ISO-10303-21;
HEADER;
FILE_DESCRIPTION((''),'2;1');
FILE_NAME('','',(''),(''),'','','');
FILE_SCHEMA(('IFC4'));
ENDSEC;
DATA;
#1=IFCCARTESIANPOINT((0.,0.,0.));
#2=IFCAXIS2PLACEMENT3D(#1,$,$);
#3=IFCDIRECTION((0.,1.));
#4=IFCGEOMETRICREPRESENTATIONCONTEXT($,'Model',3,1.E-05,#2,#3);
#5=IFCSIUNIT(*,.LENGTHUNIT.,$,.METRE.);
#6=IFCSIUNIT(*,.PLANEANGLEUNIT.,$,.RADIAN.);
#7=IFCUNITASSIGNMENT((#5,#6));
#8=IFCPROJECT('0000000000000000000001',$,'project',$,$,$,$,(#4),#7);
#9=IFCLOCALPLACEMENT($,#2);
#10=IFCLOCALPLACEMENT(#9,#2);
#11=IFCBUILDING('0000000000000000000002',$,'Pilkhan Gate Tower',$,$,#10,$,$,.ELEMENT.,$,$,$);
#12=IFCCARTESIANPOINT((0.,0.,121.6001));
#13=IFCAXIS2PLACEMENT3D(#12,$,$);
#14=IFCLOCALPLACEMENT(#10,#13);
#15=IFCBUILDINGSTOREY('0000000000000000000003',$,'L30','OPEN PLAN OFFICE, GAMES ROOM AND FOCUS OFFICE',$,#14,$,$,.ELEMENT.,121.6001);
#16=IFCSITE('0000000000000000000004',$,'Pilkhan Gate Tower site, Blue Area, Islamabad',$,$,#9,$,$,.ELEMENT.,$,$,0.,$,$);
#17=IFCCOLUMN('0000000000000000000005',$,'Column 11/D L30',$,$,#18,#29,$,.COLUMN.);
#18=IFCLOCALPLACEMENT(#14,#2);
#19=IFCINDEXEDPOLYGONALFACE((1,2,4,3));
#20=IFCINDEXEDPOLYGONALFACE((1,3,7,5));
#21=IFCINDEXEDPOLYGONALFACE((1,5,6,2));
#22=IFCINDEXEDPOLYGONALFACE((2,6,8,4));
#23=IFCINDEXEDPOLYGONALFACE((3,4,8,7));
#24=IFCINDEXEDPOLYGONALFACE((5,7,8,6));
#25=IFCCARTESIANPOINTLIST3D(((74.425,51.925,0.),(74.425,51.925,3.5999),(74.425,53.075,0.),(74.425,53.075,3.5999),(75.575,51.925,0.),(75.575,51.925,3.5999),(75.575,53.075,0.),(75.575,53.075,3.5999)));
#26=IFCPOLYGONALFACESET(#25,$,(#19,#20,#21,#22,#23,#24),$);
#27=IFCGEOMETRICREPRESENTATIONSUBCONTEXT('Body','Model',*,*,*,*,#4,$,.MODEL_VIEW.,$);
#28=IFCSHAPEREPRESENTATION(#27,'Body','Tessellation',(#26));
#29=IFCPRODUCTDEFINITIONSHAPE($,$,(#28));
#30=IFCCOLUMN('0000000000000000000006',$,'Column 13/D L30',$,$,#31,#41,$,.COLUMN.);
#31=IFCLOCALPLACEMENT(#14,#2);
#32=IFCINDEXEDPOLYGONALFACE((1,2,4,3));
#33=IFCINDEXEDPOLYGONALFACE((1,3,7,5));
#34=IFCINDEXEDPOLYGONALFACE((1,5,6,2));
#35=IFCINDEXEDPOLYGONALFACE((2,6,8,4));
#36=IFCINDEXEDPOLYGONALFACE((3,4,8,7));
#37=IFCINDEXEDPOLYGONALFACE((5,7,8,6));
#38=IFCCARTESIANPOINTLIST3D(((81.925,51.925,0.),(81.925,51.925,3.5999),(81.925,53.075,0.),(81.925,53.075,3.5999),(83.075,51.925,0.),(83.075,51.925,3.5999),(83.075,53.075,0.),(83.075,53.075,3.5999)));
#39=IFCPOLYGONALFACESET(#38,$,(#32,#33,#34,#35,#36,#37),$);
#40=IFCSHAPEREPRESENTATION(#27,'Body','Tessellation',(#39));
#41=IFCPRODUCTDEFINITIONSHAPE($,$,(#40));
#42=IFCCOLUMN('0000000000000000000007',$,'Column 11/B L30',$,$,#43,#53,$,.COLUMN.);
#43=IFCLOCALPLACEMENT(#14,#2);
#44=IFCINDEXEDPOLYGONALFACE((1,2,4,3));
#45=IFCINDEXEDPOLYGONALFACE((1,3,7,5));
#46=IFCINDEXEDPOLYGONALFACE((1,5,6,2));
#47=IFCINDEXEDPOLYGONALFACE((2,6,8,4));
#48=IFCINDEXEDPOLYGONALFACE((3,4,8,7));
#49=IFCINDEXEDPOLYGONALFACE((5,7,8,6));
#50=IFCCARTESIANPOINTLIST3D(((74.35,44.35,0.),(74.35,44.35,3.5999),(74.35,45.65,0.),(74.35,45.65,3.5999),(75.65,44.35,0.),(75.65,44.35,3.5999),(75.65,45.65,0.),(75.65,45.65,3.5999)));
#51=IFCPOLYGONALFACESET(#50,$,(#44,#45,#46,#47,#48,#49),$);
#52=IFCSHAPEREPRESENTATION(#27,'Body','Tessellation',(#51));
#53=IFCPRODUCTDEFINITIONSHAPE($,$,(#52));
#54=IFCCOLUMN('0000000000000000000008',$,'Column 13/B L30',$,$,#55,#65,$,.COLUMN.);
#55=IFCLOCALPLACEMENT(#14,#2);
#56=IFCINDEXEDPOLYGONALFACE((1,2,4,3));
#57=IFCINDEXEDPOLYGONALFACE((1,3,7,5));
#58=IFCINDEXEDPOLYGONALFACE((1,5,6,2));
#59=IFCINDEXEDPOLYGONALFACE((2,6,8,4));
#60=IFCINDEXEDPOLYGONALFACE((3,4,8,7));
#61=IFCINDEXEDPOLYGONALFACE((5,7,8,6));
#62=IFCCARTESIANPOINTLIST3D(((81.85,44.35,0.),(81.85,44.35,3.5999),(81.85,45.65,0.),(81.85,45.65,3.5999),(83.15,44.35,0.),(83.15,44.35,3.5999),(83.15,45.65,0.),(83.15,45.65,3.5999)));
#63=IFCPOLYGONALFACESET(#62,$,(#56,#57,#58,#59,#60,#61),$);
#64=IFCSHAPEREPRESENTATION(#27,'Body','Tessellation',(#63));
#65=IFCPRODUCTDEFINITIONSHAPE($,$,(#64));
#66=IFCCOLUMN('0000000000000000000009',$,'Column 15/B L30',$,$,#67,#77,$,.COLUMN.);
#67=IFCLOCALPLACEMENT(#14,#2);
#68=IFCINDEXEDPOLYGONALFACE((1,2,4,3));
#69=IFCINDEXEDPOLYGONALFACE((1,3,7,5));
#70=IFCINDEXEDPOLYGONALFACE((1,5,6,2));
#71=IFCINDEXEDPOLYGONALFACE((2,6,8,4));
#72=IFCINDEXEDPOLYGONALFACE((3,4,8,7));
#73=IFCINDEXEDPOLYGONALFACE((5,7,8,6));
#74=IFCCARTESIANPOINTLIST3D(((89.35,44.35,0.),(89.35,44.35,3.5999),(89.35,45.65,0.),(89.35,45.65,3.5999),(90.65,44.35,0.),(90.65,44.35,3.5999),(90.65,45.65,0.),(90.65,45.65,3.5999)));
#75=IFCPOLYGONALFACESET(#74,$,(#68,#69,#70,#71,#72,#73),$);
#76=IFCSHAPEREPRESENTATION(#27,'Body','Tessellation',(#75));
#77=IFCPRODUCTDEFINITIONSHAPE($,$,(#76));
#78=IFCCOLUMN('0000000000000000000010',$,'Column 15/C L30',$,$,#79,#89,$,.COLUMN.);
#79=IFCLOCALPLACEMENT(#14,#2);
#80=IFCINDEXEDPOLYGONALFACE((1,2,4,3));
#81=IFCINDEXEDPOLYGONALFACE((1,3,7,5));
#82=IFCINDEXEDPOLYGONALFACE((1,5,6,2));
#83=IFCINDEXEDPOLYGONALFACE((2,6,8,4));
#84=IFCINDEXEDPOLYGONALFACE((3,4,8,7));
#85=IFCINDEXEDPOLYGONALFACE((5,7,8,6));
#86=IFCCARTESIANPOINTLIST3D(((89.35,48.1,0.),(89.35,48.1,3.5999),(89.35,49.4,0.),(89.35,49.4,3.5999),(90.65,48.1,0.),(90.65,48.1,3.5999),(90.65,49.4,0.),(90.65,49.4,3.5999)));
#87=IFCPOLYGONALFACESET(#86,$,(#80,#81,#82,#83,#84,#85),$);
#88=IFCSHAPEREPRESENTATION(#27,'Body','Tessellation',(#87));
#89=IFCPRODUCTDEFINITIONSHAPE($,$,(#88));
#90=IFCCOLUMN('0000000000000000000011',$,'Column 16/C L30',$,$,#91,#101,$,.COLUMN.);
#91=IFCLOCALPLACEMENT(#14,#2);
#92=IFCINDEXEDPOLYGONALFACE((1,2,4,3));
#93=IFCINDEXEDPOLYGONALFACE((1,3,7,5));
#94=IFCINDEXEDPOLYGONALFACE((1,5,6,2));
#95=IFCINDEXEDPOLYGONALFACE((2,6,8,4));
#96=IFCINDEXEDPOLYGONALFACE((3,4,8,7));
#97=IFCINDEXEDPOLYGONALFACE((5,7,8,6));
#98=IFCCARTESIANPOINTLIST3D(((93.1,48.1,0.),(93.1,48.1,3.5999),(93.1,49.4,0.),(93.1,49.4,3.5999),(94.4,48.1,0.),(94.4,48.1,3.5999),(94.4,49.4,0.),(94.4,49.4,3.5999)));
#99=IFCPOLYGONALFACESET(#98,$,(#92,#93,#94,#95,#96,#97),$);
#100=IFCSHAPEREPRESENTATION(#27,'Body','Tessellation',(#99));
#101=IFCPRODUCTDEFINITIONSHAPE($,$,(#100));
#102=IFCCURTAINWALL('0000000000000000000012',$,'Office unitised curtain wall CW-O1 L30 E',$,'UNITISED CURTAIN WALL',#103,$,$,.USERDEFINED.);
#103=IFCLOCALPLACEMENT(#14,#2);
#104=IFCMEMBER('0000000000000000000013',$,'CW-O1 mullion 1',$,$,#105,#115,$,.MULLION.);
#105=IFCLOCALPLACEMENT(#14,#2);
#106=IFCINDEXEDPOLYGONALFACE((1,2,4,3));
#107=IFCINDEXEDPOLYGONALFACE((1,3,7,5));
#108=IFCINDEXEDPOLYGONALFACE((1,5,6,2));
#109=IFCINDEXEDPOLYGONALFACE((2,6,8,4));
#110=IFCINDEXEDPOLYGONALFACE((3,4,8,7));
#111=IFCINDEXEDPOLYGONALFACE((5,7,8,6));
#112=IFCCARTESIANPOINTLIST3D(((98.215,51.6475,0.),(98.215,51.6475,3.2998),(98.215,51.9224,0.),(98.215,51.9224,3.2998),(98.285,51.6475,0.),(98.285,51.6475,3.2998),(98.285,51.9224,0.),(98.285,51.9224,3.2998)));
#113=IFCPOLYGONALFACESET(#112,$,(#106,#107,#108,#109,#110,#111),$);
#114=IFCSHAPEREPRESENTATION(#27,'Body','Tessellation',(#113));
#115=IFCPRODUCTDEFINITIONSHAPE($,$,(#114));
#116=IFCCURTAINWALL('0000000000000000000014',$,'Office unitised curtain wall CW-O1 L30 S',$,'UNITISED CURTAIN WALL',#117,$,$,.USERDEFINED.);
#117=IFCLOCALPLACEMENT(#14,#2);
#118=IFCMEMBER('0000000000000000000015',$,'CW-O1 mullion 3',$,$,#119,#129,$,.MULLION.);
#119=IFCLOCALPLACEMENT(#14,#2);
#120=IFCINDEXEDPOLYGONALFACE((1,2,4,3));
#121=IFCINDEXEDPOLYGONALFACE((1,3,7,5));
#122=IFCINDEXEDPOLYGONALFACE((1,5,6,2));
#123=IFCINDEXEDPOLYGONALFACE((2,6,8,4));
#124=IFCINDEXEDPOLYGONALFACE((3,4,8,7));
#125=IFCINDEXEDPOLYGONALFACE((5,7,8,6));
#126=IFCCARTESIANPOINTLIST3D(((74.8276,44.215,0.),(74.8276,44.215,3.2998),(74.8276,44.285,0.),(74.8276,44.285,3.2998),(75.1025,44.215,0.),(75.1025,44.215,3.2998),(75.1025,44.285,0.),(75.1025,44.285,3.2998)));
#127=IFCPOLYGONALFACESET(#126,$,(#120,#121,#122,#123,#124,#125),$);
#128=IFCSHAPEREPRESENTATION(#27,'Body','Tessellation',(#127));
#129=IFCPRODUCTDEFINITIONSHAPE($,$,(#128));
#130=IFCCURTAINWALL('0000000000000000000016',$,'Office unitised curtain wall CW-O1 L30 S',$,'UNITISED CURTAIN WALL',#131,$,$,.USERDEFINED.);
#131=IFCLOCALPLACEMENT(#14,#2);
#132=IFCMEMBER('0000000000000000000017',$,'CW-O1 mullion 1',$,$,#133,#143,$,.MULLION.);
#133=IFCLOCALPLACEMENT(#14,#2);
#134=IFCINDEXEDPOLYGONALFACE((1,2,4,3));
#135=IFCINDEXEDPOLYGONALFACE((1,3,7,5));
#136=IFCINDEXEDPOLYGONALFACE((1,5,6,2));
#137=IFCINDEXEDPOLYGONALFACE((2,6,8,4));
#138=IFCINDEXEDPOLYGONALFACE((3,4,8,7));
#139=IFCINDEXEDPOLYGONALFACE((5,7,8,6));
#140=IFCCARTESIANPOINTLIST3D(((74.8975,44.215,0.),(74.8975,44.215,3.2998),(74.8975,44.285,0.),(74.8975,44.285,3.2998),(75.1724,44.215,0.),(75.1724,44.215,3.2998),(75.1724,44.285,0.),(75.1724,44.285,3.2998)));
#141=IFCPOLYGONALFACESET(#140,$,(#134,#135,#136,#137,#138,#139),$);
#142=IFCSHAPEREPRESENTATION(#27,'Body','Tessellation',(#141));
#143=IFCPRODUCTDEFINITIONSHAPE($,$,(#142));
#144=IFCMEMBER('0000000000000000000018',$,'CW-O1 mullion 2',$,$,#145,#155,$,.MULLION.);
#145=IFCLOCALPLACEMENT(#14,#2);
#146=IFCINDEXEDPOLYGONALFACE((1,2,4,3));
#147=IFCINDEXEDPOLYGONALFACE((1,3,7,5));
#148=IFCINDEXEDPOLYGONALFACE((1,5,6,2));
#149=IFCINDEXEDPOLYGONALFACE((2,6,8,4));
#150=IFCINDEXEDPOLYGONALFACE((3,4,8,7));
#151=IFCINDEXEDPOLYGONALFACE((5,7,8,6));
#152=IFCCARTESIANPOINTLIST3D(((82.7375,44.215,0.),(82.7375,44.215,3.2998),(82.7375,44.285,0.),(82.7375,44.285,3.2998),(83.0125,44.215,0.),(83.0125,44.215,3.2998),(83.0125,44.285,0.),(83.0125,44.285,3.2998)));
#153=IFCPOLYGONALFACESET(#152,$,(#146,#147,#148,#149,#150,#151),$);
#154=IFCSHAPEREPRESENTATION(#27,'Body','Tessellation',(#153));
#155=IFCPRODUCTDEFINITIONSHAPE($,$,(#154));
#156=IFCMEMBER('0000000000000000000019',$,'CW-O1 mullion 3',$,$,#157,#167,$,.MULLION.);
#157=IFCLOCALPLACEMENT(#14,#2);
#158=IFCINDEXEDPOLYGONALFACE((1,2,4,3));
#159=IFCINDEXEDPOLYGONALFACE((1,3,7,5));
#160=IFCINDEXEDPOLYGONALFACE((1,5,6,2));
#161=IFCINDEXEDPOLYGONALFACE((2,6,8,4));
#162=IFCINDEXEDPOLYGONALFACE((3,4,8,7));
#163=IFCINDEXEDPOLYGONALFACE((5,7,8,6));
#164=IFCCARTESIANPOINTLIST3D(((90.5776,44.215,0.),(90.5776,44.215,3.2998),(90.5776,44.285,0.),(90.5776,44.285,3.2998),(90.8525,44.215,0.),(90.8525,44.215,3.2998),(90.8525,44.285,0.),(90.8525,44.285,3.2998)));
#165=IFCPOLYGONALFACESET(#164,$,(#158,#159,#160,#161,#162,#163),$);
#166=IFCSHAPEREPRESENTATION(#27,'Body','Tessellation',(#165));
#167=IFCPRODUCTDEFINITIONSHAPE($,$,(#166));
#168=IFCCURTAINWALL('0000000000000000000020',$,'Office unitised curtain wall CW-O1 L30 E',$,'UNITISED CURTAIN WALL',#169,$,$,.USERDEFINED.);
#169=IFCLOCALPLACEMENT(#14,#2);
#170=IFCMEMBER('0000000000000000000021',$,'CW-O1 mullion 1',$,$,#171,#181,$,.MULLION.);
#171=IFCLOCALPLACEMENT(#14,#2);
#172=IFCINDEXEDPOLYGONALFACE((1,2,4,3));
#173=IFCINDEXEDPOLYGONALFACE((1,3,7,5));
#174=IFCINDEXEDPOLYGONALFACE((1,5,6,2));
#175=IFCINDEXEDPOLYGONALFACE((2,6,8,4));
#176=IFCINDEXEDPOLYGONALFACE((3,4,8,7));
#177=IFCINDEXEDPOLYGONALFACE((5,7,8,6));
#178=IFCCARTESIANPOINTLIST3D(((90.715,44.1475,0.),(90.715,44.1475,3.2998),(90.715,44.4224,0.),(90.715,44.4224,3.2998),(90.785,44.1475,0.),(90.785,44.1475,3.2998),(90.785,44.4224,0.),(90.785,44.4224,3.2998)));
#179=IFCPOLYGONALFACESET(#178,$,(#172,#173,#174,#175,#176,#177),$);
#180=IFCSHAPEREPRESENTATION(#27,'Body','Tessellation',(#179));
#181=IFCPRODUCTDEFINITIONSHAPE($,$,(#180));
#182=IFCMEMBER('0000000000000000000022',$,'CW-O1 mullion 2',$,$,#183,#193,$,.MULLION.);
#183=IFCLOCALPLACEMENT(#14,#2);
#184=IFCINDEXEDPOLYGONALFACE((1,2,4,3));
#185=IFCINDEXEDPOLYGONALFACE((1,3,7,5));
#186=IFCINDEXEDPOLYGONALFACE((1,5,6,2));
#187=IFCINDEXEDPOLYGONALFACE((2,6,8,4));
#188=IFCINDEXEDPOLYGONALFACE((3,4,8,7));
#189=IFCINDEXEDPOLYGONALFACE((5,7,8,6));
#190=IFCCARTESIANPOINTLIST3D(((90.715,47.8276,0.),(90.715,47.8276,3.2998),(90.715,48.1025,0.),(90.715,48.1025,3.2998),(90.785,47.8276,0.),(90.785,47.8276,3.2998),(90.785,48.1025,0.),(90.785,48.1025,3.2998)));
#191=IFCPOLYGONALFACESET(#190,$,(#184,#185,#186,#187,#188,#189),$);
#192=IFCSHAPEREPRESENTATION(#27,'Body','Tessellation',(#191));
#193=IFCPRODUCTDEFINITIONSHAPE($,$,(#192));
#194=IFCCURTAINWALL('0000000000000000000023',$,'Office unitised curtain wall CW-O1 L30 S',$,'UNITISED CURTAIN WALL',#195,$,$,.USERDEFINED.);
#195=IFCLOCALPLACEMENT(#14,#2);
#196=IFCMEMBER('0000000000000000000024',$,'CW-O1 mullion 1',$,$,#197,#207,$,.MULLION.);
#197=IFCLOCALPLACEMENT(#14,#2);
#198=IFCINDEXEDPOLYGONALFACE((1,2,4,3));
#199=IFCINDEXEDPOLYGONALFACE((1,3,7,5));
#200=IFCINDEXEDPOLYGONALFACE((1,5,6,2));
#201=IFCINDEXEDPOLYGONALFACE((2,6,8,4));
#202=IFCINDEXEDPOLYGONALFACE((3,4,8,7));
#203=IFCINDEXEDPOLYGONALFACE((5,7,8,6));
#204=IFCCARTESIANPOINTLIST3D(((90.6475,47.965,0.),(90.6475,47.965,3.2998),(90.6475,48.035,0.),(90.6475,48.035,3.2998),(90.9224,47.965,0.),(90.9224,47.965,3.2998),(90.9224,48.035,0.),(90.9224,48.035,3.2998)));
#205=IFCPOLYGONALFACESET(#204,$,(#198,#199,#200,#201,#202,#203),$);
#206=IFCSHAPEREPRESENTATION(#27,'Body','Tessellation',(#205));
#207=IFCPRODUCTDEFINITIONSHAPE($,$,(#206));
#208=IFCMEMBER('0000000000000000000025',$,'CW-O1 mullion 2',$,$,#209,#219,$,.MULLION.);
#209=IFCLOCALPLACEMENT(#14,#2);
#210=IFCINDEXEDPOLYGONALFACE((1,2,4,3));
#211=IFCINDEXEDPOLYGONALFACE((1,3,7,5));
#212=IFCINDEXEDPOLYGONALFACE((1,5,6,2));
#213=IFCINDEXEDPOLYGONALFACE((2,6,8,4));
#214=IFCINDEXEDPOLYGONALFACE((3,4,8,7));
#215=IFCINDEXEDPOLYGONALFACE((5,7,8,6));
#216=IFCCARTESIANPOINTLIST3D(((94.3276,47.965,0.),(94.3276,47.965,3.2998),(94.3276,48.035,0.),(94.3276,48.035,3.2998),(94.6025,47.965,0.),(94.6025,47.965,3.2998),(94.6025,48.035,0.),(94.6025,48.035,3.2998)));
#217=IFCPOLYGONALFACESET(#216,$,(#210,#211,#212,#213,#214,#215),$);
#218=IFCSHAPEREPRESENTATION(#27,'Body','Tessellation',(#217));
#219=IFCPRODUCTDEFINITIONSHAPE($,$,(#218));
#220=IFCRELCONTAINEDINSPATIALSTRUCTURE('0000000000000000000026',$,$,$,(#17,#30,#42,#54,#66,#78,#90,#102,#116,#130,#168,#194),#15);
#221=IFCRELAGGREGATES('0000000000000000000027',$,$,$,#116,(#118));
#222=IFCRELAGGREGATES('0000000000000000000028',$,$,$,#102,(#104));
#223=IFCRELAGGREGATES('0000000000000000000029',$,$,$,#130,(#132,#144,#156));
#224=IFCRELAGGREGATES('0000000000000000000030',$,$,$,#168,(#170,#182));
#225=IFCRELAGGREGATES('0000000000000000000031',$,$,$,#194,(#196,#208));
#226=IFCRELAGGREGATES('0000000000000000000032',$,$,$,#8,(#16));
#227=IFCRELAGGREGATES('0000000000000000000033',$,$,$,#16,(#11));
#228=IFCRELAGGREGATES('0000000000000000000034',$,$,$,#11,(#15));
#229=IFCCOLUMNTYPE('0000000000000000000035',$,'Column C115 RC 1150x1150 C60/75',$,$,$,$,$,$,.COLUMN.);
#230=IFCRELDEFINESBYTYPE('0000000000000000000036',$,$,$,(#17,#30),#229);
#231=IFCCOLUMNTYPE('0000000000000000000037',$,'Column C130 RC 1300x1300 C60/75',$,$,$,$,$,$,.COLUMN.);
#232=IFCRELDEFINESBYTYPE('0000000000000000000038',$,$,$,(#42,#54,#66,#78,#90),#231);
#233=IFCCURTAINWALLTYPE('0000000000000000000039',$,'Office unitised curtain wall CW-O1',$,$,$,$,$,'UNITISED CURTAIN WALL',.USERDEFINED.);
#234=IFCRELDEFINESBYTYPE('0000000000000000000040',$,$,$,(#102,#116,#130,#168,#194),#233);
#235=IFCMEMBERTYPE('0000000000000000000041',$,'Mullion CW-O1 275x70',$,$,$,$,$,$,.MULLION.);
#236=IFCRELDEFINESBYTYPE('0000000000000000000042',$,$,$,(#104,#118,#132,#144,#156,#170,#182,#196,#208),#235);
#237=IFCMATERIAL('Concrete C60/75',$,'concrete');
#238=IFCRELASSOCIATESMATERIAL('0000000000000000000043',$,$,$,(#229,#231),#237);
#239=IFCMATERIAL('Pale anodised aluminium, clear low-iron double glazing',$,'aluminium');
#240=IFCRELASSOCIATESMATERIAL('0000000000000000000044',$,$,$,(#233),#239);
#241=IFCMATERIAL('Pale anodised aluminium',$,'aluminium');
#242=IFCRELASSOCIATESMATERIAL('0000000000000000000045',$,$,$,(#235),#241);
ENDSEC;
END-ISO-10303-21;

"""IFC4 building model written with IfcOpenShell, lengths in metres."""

from ifc_helpers import new_model, si_unit, direction, frame, origin, origin_2d, place, context, subcontext, project, spatial, rectangle, extrude, material, material_profile, profile_set, type_object, element, aggregate, save


model = new_model("IFC4")

# Units and contexts
model_context = context("Model", 3, precision=1e-05, world=origin(), true_north=direction((0.0, 1.0)))
body_context = subcontext(model_context, "Body", "Model", "MODEL_VIEW")
ifc_project = project(units=[si_unit("LENGTHUNIT", "METRE"), si_unit("PLANEANGLEUNIT", "RADIAN")], contexts=[model_context])

# Site, building, storey
site_placement = place(None, origin())
site = spatial("IfcSite", under=ifc_project, at=site_placement, Name="Pilkhan Gate Tower site, Blue Area, Islamabad", CompositionType="ELEMENT", RefElevation=0.0)
building_placement = place(site_placement, origin())
building = spatial("IfcBuilding", under=site, at=building_placement, Name="Pilkhan Gate Tower", CompositionType="ELEMENT")
storey_placement = place(building_placement, frame((0.0, 0.0, 121.6001)))
storey = spatial("IfcBuildingStorey", under=building, at=storey_placement, Name="L30", Description="OPEN PLAN OFFICE, GAMES ROOM AND FOCUS OFFICE", CompositionType="ELEMENT", Elevation=121.6001)

# Columns
ifc_material_1 = material(Name="Concrete C60/75", Category="concrete")
ifc_material_profile_1 = material_profile(ifc_material_1, rectangle(XDim=1.1499, YDim=1.1499, at=origin_2d()), Name="RC 1150x1150")
ifc_profile_set_1 = profile_set([ifc_material_profile_1], Name="Concrete C60/75")
column_type_1 = type_object("IfcColumnType", Name="Column C115 RC 1150x1150 C60/75", PredefinedType="COLUMN", material=ifc_profile_set_1)
for number, where, z_axis, x_axis, name in (
    (1, (75.0, 52.5, 0.0), (0.0, 0.0, 1.0), (1.0, 0.0, 0.0), "Column 11/D L30"),
    (2, (82.5, 52.5, 0.0), (0.0, 0.0, 1.0), (1.0, 0.0, 0.0), "Column 13/D L30"),
):
    element("IfcColumn", number, at=place(storey_placement, frame(where, z_axis=z_axis, x_axis=x_axis)), inside=storey, type_object=column_type_1, Name=name, PredefinedType="COLUMN", context=body_context, shape_type="SweptSolid", body=[
        extrude(rectangle(XDim=1.1499, YDim=1.1499, at=origin_2d()), origin(), (0.0, 0.0, 1.0), 3.5999),
    ])
ifc_material_profile_2 = material_profile(ifc_material_1, rectangle(XDim=1.3, YDim=1.3, at=origin_2d()), Name="RC 1300x1300")
ifc_profile_set_2 = profile_set([ifc_material_profile_2], Name="Concrete C60/75")
column_type_2 = type_object("IfcColumnType", Name="Column C130 RC 1300x1300 C60/75", PredefinedType="COLUMN", material=ifc_profile_set_2)
for number, where, z_axis, x_axis, name in (
    (3, (75.0, 45.0, 0.0), (0.0, 0.0, 1.0), (1.0, 0.0, 0.0), "Column 11/B L30"),
    (4, (82.5, 45.0, 0.0), (0.0, 0.0, 1.0), (1.0, 0.0, 0.0), "Column 13/B L30"),
    (5, (90.0, 45.0, 0.0), (0.0, 0.0, 1.0), (1.0, 0.0, 0.0), "Column 15/B L30"),
    (6, (90.0, 48.75, 0.0), (0.0, 0.0, 1.0), (1.0, 0.0, 0.0), "Column 15/C L30"),
    (7, (93.75, 48.75, 0.0), (0.0, 0.0, 1.0), (1.0, 0.0, 0.0), "Column 16/C L30"),
):
    element("IfcColumn", number, at=place(storey_placement, frame(where, z_axis=z_axis, x_axis=x_axis)), inside=storey, type_object=column_type_2, Name=name, PredefinedType="COLUMN", context=body_context, shape_type="SweptSolid", body=[
        extrude(rectangle(XDim=1.3, YDim=1.3, at=origin_2d()), origin(), (0.0, 0.0, 1.0), 3.5999),
    ])

# Curtain walls, members
ifc_material_2 = material(Name="Pale anodised aluminium, clear low-iron double glazing", Category="aluminium")
curtain_wall_type = type_object("IfcCurtainWallType", Name="Office unitised curtain wall CW-O1", ElementType="UNITISED CURTAIN WALL", PredefinedType="USERDEFINED", material=ifc_material_2)
curtain_wall_1_placement = place(storey_placement, origin())
curtain_wall_1 = element("IfcCurtainWall", 8, at=curtain_wall_1_placement, inside=storey, type_object=curtain_wall_type, Name="Office unitised curtain wall CW-O1 L30 E", ObjectType="UNITISED CURTAIN WALL", PredefinedType="USERDEFINED")
ifc_material_3 = material(Name="Pale anodised aluminium", Category="aluminium")
ifc_material_profile_3 = material_profile(ifc_material_3, rectangle(XDim=0.0701, YDim=0.2749, at=origin_2d()), Name="Mullion 275x70")
ifc_profile_set_3 = profile_set([ifc_material_profile_3], Name="Pale anodised aluminium")
member_type_1 = type_object("IfcMemberType", Name="Mullion CW-O1 275x70", PredefinedType="MULLION", material=ifc_profile_set_3)
member_1_placement = place(storey_placement, frame((98.25, 51.7849, 0.0), z_axis=(0.0, 0.0, 1.0), x_axis=(-1.0, 0.0, 0.0)))
member_1 = element("IfcMember", 9, at=member_1_placement, type_object=member_type_1, Name="CW-O1 mullion 1", PredefinedType="MULLION", context=body_context, shape_type="SweptSolid", body=[
    extrude(rectangle(XDim=0.0701, YDim=0.2749, at=origin_2d()), origin(), (0.0, 0.0, 1.0), 3.2998),
])
curtain_wall_2_placement = place(storey_placement, origin())
curtain_wall_2 = element("IfcCurtainWall", 10, at=curtain_wall_2_placement, inside=storey, type_object=curtain_wall_type, Name="Office unitised curtain wall CW-O1 L30 S", ObjectType="UNITISED CURTAIN WALL", PredefinedType="USERDEFINED")
member_2_placement = place(storey_placement, frame((74.9651, 44.25, 0.0), z_axis=(0.0, 0.0, 1.0), x_axis=(0.0, 1.0, 0.0)))
member_2 = element("IfcMember", 11, at=member_2_placement, type_object=member_type_1, Name="CW-O1 mullion 3", PredefinedType="MULLION", context=body_context, shape_type="SweptSolid", body=[
    extrude(rectangle(XDim=0.0701, YDim=0.2749, at=origin_2d()), origin(), (0.0, 0.0, 1.0), 3.2998),
])
aggregate(curtain_wall_2, [member_2])

# Curtain walls, members
curtain_wall_3_placement = place(storey_placement, origin())
curtain_wall_3 = element("IfcCurtainWall", 12, at=curtain_wall_3_placement, inside=storey, type_object=curtain_wall_type, Name="Office unitised curtain wall CW-O1 L30 S", ObjectType="UNITISED CURTAIN WALL", PredefinedType="USERDEFINED")
member_3_placement = place(storey_placement, frame((75.0349, 44.25, 0.0), z_axis=(0.0, 0.0, 1.0), x_axis=(0.0, 1.0, 0.0)))
member_3 = element("IfcMember", 13, at=member_3_placement, type_object=member_type_1, Name="CW-O1 mullion 1", PredefinedType="MULLION", context=body_context, shape_type="SweptSolid", body=[
    extrude(rectangle(XDim=0.0701, YDim=0.2749, at=origin_2d()), origin(), (0.0, 0.0, 1.0), 3.2998),
])
member_4_placement = place(storey_placement, frame((82.875, 44.25, 0.0), z_axis=(0.0, 0.0, 1.0), x_axis=(0.0, 1.0, 0.0)))
member_4 = element("IfcMember", 14, at=member_4_placement, type_object=member_type_1, Name="CW-O1 mullion 2", PredefinedType="MULLION", context=body_context, shape_type="SweptSolid", body=[
    extrude(rectangle(XDim=0.0701, YDim=0.2749, at=origin_2d()), origin(), (0.0, 0.0, 1.0), 3.2998),
])
member_5_placement = place(storey_placement, frame((90.7151, 44.25, 0.0), z_axis=(0.0, 0.0, 1.0), x_axis=(0.0, 1.0, 0.0)))
member_5 = element("IfcMember", 15, at=member_5_placement, type_object=member_type_1, Name="CW-O1 mullion 3", PredefinedType="MULLION", context=body_context, shape_type="SweptSolid", body=[
    extrude(rectangle(XDim=0.0701, YDim=0.2749, at=origin_2d()), origin(), (0.0, 0.0, 1.0), 3.2998),
])
curtain_wall_4_placement = place(storey_placement, origin())
curtain_wall_4 = element("IfcCurtainWall", 16, at=curtain_wall_4_placement, inside=storey, type_object=curtain_wall_type, Name="Office unitised curtain wall CW-O1 L30 E", ObjectType="UNITISED CURTAIN WALL", PredefinedType="USERDEFINED")
member_6_placement = place(storey_placement, frame((90.75, 44.2849, 0.0), z_axis=(0.0, 0.0, 1.0), x_axis=(-1.0, 0.0, 0.0)))
member_6 = element("IfcMember", 17, at=member_6_placement, type_object=member_type_1, Name="CW-O1 mullion 1", PredefinedType="MULLION", context=body_context, shape_type="SweptSolid", body=[
    extrude(rectangle(XDim=0.0701, YDim=0.2749, at=origin_2d()), origin(), (0.0, 0.0, 1.0), 3.2998),
])
member_7_placement = place(storey_placement, frame((90.75, 47.9651, 0.0), z_axis=(0.0, 0.0, 1.0), x_axis=(-1.0, 0.0, 0.0)))
member_7 = element("IfcMember", 18, at=member_7_placement, type_object=member_type_1, Name="CW-O1 mullion 2", PredefinedType="MULLION", context=body_context, shape_type="SweptSolid", body=[
    extrude(rectangle(XDim=0.0701, YDim=0.2749, at=origin_2d()), origin(), (0.0, 0.0, 1.0), 3.2998),
])
curtain_wall_5_placement = place(storey_placement, origin())
curtain_wall_5 = element("IfcCurtainWall", 19, at=curtain_wall_5_placement, inside=storey, type_object=curtain_wall_type, Name="Office unitised curtain wall CW-O1 L30 S", ObjectType="UNITISED CURTAIN WALL", PredefinedType="USERDEFINED")
member_8_placement = place(storey_placement, frame((90.7849, 48.0, 0.0), z_axis=(0.0, 0.0, 1.0), x_axis=(0.0, 1.0, 0.0)))
member_8 = element("IfcMember", 20, at=member_8_placement, type_object=member_type_1, Name="CW-O1 mullion 1", PredefinedType="MULLION", context=body_context, shape_type="SweptSolid", body=[
    extrude(rectangle(XDim=0.0701, YDim=0.2749, at=origin_2d()), origin(), (0.0, 0.0, 1.0), 3.2998),
])
member_9_placement = place(storey_placement, frame((94.4651, 48.0, 0.0), z_axis=(0.0, 0.0, 1.0), x_axis=(0.0, 1.0, 0.0)))
member_9 = element("IfcMember", 21, at=member_9_placement, type_object=member_type_1, Name="CW-O1 mullion 2", PredefinedType="MULLION", context=body_context, shape_type="SweptSolid", body=[
    extrude(rectangle(XDim=0.0701, YDim=0.2749, at=origin_2d()), origin(), (0.0, 0.0, 1.0), 3.2998),
])

aggregate(curtain_wall_1, [member_1])

aggregate(curtain_wall_3, [member_3, member_4, member_5])
aggregate(curtain_wall_4, [member_6, member_7])
aggregate(curtain_wall_5, [member_8, member_9])

save(model, "model.ifc")
